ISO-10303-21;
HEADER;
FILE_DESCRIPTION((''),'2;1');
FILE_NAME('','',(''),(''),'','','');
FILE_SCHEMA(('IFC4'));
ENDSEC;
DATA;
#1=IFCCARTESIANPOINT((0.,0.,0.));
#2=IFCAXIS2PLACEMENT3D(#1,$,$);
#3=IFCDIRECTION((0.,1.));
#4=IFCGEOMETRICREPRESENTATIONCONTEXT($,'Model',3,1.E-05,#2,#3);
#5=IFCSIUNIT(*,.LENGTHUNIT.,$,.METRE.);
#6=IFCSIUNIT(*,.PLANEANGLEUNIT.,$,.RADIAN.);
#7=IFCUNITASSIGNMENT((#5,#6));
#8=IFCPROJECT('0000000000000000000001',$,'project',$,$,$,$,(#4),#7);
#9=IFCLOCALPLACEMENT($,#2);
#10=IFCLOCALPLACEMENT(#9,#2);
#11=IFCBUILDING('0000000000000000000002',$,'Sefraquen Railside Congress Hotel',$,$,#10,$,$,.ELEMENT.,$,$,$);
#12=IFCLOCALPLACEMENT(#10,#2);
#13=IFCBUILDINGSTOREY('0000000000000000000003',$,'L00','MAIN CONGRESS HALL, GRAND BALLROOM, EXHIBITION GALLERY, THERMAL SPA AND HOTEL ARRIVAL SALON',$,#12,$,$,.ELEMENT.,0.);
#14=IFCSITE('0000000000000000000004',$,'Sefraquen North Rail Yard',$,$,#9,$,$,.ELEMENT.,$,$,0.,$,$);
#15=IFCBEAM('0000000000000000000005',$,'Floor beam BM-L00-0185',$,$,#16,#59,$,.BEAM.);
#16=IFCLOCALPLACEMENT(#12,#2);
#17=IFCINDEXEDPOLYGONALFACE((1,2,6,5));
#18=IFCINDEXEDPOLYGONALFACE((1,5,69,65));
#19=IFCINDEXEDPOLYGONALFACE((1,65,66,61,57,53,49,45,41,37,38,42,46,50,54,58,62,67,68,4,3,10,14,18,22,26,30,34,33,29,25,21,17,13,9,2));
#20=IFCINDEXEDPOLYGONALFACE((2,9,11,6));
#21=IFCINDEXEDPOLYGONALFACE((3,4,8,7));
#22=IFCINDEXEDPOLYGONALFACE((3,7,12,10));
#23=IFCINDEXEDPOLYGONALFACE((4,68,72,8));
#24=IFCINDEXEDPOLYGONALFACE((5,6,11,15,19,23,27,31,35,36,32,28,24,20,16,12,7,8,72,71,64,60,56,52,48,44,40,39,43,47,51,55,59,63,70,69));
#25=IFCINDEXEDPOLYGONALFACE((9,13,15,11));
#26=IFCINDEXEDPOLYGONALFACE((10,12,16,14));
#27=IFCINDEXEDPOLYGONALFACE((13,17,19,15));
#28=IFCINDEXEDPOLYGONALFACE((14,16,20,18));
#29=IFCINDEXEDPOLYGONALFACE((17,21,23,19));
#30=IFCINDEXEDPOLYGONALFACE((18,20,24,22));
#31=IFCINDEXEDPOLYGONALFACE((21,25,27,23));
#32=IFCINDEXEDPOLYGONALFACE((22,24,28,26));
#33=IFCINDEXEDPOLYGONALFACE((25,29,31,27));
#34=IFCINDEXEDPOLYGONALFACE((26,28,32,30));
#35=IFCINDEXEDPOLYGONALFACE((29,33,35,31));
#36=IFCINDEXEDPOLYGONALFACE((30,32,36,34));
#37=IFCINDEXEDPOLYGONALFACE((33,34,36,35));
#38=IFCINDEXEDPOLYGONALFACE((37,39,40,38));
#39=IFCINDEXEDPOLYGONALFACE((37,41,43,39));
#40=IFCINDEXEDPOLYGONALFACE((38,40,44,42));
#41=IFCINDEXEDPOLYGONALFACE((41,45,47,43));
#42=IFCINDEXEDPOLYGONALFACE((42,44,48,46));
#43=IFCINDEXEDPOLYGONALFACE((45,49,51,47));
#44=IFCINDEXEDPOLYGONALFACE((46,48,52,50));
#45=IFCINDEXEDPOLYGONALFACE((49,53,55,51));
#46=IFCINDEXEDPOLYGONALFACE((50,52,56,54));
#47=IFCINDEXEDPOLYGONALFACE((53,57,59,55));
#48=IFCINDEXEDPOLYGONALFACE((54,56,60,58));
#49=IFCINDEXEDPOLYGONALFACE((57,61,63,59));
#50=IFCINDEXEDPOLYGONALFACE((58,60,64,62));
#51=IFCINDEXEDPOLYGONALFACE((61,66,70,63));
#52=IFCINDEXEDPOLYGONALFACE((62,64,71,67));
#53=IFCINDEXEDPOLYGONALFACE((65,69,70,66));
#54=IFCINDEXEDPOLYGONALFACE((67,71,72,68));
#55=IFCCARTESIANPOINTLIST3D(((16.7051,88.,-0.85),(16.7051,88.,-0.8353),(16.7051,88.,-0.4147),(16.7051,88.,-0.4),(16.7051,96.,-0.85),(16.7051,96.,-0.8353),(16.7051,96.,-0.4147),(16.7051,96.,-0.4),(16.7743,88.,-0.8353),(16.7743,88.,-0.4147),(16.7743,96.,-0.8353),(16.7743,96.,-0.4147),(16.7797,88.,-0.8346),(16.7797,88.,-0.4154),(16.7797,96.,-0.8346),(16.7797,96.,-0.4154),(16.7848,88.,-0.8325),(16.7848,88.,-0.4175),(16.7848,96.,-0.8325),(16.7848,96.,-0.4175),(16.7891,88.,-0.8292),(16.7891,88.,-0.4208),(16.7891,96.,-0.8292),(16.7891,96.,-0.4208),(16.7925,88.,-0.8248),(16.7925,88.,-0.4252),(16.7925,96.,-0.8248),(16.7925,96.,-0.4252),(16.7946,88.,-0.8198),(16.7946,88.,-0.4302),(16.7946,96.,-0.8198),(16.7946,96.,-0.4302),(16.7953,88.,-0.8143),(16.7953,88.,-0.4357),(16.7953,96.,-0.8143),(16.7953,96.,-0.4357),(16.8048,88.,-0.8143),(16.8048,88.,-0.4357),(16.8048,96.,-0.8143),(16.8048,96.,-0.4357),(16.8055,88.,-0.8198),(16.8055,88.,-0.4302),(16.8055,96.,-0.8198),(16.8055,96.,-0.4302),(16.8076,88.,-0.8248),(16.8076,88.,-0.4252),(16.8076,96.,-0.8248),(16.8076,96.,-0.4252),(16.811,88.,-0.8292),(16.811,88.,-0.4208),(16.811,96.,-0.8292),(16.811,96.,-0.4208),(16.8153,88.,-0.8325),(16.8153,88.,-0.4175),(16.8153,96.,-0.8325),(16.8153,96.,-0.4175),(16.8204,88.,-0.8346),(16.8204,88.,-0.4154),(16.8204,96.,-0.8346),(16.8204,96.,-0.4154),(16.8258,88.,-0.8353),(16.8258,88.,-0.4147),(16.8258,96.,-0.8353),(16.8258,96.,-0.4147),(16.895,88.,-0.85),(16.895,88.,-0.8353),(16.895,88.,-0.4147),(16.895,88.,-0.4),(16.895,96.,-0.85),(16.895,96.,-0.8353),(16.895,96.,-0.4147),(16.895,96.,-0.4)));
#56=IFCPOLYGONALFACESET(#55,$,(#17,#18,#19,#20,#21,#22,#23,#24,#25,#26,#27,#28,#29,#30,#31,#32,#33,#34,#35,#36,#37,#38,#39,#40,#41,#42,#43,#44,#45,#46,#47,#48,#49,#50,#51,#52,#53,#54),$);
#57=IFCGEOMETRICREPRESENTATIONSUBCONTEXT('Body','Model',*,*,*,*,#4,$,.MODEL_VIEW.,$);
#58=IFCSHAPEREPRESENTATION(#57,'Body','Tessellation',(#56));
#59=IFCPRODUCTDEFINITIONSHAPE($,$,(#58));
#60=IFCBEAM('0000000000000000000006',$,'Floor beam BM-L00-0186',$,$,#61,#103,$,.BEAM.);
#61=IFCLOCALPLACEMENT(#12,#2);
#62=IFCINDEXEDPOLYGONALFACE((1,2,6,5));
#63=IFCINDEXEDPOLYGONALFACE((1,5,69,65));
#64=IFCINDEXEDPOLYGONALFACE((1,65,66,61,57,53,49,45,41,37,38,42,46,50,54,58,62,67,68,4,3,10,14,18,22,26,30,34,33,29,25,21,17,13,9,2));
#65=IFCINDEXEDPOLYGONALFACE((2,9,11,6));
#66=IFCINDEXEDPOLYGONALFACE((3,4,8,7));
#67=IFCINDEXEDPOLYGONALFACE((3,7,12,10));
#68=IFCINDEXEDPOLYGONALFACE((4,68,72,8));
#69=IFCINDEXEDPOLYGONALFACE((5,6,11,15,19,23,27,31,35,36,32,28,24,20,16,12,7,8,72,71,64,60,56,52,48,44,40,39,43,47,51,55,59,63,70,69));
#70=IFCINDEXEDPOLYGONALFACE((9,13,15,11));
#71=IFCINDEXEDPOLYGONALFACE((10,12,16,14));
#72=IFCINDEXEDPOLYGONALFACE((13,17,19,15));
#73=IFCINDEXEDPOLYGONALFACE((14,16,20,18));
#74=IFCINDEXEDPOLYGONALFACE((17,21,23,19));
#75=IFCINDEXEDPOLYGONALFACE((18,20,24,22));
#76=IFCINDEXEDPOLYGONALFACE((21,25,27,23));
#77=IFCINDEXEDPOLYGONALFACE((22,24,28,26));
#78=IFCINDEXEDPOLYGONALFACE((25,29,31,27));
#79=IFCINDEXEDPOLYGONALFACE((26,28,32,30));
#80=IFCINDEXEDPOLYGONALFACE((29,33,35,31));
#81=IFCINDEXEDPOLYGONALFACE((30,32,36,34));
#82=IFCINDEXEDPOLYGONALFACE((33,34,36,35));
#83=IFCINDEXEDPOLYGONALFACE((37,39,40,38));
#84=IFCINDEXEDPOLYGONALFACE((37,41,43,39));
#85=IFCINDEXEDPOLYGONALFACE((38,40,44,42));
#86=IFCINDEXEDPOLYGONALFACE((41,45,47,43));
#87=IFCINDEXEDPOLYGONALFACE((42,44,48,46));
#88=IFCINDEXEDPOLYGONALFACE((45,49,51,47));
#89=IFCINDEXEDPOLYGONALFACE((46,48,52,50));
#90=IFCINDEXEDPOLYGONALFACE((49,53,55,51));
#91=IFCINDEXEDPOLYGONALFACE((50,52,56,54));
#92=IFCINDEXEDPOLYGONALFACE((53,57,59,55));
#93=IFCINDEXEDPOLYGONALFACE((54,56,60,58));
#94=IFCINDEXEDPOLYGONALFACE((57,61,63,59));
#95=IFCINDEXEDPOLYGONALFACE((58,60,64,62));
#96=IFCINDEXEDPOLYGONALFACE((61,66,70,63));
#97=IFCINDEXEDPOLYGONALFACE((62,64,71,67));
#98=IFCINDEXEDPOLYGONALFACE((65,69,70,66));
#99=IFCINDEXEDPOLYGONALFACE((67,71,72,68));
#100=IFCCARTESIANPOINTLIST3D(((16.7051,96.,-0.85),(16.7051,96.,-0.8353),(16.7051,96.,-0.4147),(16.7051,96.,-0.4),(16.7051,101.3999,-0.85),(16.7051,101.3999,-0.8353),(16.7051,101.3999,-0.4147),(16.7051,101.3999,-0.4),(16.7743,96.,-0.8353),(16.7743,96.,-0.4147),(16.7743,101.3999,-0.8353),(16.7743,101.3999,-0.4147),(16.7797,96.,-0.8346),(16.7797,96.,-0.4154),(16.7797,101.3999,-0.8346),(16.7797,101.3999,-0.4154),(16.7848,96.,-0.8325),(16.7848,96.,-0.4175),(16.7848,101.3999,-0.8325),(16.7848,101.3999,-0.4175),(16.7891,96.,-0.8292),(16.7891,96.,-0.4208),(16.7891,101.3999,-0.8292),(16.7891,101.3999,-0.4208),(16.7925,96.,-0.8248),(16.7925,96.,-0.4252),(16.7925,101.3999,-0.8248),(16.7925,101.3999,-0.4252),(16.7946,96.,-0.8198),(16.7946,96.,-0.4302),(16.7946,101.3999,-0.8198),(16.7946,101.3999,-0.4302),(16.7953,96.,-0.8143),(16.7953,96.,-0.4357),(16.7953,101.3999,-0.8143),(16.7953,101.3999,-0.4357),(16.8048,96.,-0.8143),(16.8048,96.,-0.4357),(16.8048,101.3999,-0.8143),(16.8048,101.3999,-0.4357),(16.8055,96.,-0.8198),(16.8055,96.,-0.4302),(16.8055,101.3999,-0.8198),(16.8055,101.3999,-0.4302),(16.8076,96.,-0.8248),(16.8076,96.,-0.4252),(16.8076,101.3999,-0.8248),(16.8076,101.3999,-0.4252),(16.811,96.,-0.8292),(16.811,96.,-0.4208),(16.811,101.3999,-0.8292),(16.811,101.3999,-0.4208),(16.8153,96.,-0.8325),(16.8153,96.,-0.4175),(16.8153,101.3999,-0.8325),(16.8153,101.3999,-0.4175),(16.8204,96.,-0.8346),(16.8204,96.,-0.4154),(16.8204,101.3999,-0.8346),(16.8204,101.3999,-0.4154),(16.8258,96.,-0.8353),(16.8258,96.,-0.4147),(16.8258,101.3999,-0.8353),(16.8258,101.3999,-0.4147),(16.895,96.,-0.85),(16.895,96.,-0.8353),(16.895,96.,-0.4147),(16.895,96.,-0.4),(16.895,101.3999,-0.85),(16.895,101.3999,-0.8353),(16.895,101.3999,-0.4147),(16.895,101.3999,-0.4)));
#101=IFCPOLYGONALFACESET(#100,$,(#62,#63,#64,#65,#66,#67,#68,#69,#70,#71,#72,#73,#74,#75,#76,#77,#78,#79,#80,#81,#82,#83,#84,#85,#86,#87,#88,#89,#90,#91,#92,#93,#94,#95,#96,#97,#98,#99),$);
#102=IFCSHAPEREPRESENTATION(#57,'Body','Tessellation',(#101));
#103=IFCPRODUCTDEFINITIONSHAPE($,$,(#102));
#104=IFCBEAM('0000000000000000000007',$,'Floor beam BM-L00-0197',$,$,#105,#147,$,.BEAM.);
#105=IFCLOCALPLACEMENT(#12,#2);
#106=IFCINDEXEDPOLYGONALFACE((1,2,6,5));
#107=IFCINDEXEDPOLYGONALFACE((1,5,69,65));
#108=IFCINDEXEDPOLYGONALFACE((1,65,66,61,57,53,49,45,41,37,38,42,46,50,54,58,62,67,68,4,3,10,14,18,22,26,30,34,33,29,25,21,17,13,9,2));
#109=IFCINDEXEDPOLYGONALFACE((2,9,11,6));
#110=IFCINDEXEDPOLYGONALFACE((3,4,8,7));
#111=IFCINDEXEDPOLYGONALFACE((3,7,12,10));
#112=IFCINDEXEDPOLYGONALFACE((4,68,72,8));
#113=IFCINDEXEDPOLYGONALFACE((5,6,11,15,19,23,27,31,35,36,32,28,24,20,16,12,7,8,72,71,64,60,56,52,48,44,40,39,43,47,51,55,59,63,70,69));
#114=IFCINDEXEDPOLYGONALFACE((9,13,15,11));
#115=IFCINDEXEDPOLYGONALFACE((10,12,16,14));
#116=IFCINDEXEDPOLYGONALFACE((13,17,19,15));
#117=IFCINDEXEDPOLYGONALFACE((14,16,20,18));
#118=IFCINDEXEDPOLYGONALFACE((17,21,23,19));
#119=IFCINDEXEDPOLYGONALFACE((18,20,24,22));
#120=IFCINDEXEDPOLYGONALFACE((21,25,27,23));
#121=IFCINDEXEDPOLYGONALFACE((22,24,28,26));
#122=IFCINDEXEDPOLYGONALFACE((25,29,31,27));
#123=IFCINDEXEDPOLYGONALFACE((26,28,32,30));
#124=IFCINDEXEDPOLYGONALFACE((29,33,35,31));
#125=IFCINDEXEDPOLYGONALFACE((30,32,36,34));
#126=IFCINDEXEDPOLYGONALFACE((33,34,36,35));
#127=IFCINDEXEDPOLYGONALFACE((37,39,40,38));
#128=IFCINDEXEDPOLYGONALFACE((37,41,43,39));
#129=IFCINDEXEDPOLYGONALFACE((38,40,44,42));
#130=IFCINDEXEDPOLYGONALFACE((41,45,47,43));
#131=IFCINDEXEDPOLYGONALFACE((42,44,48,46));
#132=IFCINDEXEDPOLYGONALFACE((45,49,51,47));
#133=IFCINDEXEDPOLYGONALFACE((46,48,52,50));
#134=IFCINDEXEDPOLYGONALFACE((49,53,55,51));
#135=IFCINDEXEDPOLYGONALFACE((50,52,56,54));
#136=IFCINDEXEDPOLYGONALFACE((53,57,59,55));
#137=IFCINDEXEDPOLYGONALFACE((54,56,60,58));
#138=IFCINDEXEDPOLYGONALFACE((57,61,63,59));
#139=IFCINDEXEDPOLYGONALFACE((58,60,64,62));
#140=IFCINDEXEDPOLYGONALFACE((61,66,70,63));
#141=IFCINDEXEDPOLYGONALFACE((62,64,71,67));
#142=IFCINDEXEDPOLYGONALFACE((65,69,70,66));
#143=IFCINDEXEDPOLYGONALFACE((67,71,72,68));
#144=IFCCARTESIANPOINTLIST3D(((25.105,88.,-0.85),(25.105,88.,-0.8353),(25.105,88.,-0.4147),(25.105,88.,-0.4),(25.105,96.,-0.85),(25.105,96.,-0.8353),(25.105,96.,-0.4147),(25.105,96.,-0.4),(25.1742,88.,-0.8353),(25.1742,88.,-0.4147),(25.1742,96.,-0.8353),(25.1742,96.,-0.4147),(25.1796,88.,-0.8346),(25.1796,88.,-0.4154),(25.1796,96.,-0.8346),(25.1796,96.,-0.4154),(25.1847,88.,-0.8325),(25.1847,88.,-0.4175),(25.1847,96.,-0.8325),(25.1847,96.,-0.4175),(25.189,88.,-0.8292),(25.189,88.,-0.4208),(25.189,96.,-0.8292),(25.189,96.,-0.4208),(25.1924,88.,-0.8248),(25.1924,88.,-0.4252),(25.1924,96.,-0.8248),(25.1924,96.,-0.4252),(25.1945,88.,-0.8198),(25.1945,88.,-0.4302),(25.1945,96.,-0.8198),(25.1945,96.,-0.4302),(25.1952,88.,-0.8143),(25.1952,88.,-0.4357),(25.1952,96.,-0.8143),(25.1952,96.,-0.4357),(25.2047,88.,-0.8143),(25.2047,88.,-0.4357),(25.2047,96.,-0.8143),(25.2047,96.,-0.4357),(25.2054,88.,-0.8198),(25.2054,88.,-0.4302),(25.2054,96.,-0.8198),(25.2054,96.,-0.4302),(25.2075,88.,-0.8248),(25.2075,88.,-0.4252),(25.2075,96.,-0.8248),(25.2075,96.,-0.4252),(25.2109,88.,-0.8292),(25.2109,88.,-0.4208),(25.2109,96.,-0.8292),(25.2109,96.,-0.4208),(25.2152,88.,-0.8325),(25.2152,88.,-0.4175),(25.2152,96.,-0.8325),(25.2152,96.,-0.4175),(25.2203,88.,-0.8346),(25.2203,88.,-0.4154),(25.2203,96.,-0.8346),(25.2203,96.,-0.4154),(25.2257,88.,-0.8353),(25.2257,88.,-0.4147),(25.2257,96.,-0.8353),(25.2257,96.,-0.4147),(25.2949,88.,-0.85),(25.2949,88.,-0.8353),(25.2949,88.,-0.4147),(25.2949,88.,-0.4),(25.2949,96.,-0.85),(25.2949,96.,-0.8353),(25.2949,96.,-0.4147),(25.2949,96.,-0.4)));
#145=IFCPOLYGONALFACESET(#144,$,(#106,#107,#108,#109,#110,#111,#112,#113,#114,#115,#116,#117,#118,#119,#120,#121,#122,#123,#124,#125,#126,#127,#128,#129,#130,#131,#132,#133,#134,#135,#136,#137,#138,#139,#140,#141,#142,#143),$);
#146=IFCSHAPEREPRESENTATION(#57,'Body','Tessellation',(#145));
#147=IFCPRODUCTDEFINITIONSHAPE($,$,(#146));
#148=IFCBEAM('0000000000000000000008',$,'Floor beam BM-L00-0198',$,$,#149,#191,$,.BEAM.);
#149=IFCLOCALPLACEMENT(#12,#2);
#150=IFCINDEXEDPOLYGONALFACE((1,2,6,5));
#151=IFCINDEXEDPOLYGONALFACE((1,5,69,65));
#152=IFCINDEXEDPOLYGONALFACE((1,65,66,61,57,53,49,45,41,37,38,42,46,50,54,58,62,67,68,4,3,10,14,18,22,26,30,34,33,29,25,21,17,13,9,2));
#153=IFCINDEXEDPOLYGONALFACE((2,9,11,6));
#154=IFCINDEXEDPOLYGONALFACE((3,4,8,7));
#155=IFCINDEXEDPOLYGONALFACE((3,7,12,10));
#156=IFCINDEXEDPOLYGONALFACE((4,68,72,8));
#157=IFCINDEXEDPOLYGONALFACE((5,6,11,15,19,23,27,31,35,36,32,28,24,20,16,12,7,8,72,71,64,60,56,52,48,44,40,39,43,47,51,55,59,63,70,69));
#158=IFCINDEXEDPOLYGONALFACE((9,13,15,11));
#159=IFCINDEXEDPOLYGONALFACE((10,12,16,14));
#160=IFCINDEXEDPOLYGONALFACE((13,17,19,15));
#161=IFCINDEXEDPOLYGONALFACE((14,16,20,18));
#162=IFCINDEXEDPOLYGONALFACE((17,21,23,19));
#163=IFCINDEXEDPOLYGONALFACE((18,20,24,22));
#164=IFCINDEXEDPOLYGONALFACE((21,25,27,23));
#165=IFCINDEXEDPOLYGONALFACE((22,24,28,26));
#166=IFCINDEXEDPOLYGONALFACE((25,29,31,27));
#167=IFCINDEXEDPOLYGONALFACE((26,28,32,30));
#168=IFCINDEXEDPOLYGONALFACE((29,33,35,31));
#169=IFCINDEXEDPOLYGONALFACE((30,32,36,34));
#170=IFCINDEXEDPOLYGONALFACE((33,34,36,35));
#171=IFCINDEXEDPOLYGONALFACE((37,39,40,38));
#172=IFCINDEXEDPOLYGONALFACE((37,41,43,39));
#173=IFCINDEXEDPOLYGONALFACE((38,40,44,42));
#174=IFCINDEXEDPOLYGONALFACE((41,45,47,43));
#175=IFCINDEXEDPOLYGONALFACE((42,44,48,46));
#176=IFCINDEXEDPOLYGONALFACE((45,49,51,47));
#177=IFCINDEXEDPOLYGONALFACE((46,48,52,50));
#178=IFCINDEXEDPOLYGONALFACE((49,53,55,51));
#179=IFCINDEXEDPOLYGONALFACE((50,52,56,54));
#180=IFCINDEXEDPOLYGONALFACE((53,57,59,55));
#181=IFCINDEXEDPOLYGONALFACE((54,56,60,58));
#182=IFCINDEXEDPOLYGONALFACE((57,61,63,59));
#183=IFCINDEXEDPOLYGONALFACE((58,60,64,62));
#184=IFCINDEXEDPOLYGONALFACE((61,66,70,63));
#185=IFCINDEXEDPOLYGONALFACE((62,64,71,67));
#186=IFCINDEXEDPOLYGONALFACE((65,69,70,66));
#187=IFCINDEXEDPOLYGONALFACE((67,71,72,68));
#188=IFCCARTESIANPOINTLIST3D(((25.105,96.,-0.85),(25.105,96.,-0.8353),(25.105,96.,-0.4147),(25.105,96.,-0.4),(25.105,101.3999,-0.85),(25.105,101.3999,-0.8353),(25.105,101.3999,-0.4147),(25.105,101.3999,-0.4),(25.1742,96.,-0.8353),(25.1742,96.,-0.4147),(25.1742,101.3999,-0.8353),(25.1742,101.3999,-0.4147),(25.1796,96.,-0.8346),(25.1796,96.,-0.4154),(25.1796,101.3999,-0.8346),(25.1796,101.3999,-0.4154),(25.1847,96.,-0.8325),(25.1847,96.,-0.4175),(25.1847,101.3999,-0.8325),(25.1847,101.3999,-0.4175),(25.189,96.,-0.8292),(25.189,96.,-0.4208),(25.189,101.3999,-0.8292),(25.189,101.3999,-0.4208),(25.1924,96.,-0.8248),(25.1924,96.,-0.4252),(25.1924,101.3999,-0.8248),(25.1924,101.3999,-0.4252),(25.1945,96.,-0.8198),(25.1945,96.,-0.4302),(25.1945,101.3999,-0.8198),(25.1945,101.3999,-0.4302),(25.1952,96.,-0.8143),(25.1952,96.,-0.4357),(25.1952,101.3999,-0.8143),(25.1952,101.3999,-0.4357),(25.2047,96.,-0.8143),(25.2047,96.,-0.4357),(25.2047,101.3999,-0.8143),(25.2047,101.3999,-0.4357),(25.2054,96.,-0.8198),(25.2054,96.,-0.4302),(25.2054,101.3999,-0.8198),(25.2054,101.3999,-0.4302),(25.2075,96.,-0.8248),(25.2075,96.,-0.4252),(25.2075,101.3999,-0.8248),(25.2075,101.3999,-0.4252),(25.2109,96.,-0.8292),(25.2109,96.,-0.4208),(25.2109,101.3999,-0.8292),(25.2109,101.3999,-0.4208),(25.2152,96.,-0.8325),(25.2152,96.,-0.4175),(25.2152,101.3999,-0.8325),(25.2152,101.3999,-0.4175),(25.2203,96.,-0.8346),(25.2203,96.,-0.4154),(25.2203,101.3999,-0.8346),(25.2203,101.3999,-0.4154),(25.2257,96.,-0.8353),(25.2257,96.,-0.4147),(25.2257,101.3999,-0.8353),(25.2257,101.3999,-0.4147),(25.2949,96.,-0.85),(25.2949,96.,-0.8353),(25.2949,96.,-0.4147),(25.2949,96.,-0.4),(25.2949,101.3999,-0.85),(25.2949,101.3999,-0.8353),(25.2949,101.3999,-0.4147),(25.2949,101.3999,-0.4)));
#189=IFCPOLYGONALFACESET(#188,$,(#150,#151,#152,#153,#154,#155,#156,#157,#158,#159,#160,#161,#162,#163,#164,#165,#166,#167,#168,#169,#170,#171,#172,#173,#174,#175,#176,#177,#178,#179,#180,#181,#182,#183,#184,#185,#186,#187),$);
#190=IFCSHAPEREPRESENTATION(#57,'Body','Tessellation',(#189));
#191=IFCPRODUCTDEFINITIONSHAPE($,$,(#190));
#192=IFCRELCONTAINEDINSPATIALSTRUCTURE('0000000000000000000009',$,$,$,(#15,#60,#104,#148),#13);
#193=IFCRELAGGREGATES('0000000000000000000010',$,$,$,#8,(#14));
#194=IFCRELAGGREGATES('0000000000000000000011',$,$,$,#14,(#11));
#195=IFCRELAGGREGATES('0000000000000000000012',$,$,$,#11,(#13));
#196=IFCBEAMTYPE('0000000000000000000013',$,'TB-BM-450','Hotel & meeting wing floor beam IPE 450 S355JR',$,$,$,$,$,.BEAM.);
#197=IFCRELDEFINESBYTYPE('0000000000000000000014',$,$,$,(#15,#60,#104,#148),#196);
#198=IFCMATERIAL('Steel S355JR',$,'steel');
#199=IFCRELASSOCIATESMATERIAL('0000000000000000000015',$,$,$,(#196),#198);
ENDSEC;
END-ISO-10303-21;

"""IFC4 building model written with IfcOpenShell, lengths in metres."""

from ifc_helpers import new_model, si_unit, direction, frame, origin, origin_2d, place, context, subcontext, project, spatial, i_section, extrude, material, material_profile, profile_set, type_object, element, save


model = new_model("IFC4")

# Units and contexts
model_context = context("Model", 3, precision=1e-05, world=origin(), true_north=direction((0.0, 1.0)))
body_context = subcontext(model_context, "Body", "Model", "MODEL_VIEW")
ifc_project = project(units=[si_unit("LENGTHUNIT", "METRE"), si_unit("PLANEANGLEUNIT", "RADIAN")], contexts=[model_context])

# Site, building, storey
site_placement = place(None, origin())
site = spatial("IfcSite", under=ifc_project, at=site_placement, Name="Sefraquen North Rail Yard", CompositionType="ELEMENT", RefElevation=0.0)
building_placement = place(site_placement, origin())
building = spatial("IfcBuilding", under=site, at=building_placement, Name="Sefraquen Railside Congress Hotel", CompositionType="ELEMENT")
storey_placement = place(building_placement, origin())
storey = spatial("IfcBuildingStorey", under=building, at=storey_placement, Name="L00", Description="MAIN CONGRESS HALL, GRAND BALLROOM, EXHIBITION GALLERY, THERMAL SPA AND HOTEL ARRIVAL SALON", CompositionType="ELEMENT", Elevation=0.0)

# Shared definitions
ifc_material_1 = material(Name="Steel S355JR", Category="steel")

# Beams
ifc_material_profile_1 = material_profile(ifc_material_1, i_section(OverallWidth=0.1899, OverallDepth=0.45, WebThickness=0.0095, FlangeThickness=0.0146, FilletRadius=0.021, at=origin_2d()), Name="IPE 450")
ifc_profile_set_1 = profile_set([ifc_material_profile_1], Name="Steel S355JR")
beam_type_1 = type_object("IfcBeamType", Name="TB-BM-450", Description="Hotel & meeting wing floor beam IPE 450 S355JR", PredefinedType="BEAM", material=ifc_profile_set_1)
beam_1_placement = place(storey_placement, frame((16.8, 88.0, -0.625), z_axis=(0.0, 1.0, 0.0), x_axis=(-1.0, 0.0, 0.0)))
element("IfcBeam", 1, at=beam_1_placement, inside=storey, type_object=beam_type_1, Name="Floor beam BM-L00-0185", PredefinedType="BEAM", context=body_context, shape_type="SweptSolid", body=[
    extrude(i_section(OverallWidth=0.1899, OverallDepth=0.45, WebThickness=0.0095, FlangeThickness=0.0146, FilletRadius=0.021, at=origin_2d()), origin(), (0.0, 0.0, 1.0), 8.0),
])
beam_2_placement = place(storey_placement, frame((16.8, 96.0, -0.625), z_axis=(0.0, 1.0, 0.0), x_axis=(-1.0, 0.0, 0.0)))
element("IfcBeam", 2, at=beam_2_placement, inside=storey, type_object=beam_type_1, Name="Floor beam BM-L00-0186", PredefinedType="BEAM", context=body_context, shape_type="SweptSolid", body=[
    extrude(i_section(OverallWidth=0.1899, OverallDepth=0.45, WebThickness=0.0095, FlangeThickness=0.0146, FilletRadius=0.021, at=origin_2d()), origin(), (0.0, 0.0, 1.0), 5.3999),
])
beam_3_placement = place(storey_placement, frame((25.2, 88.0, -0.625), z_axis=(0.0, 1.0, 0.0), x_axis=(-1.0, 0.0, 0.0)))
element("IfcBeam", 3, at=beam_3_placement, inside=storey, type_object=beam_type_1, Name="Floor beam BM-L00-0197", PredefinedType="BEAM", context=body_context, shape_type="SweptSolid", body=[
    extrude(i_section(OverallWidth=0.1899, OverallDepth=0.45, WebThickness=0.0095, FlangeThickness=0.0146, FilletRadius=0.021, at=origin_2d()), origin(), (0.0, 0.0, 1.0), 8.0),
])
beam_4_placement = place(storey_placement, frame((25.2, 96.0, -0.625), z_axis=(0.0, 1.0, 0.0), x_axis=(-1.0, 0.0, 0.0)))
element("IfcBeam", 4, at=beam_4_placement, inside=storey, type_object=beam_type_1, Name="Floor beam BM-L00-0198", PredefinedType="BEAM", context=body_context, shape_type="SweptSolid", body=[
    extrude(i_section(OverallWidth=0.1899, OverallDepth=0.45, WebThickness=0.0095, FlangeThickness=0.0146, FilletRadius=0.021, at=origin_2d()), origin(), (0.0, 0.0, 1.0), 5.3999),
])

save(model, "model.ifc")
